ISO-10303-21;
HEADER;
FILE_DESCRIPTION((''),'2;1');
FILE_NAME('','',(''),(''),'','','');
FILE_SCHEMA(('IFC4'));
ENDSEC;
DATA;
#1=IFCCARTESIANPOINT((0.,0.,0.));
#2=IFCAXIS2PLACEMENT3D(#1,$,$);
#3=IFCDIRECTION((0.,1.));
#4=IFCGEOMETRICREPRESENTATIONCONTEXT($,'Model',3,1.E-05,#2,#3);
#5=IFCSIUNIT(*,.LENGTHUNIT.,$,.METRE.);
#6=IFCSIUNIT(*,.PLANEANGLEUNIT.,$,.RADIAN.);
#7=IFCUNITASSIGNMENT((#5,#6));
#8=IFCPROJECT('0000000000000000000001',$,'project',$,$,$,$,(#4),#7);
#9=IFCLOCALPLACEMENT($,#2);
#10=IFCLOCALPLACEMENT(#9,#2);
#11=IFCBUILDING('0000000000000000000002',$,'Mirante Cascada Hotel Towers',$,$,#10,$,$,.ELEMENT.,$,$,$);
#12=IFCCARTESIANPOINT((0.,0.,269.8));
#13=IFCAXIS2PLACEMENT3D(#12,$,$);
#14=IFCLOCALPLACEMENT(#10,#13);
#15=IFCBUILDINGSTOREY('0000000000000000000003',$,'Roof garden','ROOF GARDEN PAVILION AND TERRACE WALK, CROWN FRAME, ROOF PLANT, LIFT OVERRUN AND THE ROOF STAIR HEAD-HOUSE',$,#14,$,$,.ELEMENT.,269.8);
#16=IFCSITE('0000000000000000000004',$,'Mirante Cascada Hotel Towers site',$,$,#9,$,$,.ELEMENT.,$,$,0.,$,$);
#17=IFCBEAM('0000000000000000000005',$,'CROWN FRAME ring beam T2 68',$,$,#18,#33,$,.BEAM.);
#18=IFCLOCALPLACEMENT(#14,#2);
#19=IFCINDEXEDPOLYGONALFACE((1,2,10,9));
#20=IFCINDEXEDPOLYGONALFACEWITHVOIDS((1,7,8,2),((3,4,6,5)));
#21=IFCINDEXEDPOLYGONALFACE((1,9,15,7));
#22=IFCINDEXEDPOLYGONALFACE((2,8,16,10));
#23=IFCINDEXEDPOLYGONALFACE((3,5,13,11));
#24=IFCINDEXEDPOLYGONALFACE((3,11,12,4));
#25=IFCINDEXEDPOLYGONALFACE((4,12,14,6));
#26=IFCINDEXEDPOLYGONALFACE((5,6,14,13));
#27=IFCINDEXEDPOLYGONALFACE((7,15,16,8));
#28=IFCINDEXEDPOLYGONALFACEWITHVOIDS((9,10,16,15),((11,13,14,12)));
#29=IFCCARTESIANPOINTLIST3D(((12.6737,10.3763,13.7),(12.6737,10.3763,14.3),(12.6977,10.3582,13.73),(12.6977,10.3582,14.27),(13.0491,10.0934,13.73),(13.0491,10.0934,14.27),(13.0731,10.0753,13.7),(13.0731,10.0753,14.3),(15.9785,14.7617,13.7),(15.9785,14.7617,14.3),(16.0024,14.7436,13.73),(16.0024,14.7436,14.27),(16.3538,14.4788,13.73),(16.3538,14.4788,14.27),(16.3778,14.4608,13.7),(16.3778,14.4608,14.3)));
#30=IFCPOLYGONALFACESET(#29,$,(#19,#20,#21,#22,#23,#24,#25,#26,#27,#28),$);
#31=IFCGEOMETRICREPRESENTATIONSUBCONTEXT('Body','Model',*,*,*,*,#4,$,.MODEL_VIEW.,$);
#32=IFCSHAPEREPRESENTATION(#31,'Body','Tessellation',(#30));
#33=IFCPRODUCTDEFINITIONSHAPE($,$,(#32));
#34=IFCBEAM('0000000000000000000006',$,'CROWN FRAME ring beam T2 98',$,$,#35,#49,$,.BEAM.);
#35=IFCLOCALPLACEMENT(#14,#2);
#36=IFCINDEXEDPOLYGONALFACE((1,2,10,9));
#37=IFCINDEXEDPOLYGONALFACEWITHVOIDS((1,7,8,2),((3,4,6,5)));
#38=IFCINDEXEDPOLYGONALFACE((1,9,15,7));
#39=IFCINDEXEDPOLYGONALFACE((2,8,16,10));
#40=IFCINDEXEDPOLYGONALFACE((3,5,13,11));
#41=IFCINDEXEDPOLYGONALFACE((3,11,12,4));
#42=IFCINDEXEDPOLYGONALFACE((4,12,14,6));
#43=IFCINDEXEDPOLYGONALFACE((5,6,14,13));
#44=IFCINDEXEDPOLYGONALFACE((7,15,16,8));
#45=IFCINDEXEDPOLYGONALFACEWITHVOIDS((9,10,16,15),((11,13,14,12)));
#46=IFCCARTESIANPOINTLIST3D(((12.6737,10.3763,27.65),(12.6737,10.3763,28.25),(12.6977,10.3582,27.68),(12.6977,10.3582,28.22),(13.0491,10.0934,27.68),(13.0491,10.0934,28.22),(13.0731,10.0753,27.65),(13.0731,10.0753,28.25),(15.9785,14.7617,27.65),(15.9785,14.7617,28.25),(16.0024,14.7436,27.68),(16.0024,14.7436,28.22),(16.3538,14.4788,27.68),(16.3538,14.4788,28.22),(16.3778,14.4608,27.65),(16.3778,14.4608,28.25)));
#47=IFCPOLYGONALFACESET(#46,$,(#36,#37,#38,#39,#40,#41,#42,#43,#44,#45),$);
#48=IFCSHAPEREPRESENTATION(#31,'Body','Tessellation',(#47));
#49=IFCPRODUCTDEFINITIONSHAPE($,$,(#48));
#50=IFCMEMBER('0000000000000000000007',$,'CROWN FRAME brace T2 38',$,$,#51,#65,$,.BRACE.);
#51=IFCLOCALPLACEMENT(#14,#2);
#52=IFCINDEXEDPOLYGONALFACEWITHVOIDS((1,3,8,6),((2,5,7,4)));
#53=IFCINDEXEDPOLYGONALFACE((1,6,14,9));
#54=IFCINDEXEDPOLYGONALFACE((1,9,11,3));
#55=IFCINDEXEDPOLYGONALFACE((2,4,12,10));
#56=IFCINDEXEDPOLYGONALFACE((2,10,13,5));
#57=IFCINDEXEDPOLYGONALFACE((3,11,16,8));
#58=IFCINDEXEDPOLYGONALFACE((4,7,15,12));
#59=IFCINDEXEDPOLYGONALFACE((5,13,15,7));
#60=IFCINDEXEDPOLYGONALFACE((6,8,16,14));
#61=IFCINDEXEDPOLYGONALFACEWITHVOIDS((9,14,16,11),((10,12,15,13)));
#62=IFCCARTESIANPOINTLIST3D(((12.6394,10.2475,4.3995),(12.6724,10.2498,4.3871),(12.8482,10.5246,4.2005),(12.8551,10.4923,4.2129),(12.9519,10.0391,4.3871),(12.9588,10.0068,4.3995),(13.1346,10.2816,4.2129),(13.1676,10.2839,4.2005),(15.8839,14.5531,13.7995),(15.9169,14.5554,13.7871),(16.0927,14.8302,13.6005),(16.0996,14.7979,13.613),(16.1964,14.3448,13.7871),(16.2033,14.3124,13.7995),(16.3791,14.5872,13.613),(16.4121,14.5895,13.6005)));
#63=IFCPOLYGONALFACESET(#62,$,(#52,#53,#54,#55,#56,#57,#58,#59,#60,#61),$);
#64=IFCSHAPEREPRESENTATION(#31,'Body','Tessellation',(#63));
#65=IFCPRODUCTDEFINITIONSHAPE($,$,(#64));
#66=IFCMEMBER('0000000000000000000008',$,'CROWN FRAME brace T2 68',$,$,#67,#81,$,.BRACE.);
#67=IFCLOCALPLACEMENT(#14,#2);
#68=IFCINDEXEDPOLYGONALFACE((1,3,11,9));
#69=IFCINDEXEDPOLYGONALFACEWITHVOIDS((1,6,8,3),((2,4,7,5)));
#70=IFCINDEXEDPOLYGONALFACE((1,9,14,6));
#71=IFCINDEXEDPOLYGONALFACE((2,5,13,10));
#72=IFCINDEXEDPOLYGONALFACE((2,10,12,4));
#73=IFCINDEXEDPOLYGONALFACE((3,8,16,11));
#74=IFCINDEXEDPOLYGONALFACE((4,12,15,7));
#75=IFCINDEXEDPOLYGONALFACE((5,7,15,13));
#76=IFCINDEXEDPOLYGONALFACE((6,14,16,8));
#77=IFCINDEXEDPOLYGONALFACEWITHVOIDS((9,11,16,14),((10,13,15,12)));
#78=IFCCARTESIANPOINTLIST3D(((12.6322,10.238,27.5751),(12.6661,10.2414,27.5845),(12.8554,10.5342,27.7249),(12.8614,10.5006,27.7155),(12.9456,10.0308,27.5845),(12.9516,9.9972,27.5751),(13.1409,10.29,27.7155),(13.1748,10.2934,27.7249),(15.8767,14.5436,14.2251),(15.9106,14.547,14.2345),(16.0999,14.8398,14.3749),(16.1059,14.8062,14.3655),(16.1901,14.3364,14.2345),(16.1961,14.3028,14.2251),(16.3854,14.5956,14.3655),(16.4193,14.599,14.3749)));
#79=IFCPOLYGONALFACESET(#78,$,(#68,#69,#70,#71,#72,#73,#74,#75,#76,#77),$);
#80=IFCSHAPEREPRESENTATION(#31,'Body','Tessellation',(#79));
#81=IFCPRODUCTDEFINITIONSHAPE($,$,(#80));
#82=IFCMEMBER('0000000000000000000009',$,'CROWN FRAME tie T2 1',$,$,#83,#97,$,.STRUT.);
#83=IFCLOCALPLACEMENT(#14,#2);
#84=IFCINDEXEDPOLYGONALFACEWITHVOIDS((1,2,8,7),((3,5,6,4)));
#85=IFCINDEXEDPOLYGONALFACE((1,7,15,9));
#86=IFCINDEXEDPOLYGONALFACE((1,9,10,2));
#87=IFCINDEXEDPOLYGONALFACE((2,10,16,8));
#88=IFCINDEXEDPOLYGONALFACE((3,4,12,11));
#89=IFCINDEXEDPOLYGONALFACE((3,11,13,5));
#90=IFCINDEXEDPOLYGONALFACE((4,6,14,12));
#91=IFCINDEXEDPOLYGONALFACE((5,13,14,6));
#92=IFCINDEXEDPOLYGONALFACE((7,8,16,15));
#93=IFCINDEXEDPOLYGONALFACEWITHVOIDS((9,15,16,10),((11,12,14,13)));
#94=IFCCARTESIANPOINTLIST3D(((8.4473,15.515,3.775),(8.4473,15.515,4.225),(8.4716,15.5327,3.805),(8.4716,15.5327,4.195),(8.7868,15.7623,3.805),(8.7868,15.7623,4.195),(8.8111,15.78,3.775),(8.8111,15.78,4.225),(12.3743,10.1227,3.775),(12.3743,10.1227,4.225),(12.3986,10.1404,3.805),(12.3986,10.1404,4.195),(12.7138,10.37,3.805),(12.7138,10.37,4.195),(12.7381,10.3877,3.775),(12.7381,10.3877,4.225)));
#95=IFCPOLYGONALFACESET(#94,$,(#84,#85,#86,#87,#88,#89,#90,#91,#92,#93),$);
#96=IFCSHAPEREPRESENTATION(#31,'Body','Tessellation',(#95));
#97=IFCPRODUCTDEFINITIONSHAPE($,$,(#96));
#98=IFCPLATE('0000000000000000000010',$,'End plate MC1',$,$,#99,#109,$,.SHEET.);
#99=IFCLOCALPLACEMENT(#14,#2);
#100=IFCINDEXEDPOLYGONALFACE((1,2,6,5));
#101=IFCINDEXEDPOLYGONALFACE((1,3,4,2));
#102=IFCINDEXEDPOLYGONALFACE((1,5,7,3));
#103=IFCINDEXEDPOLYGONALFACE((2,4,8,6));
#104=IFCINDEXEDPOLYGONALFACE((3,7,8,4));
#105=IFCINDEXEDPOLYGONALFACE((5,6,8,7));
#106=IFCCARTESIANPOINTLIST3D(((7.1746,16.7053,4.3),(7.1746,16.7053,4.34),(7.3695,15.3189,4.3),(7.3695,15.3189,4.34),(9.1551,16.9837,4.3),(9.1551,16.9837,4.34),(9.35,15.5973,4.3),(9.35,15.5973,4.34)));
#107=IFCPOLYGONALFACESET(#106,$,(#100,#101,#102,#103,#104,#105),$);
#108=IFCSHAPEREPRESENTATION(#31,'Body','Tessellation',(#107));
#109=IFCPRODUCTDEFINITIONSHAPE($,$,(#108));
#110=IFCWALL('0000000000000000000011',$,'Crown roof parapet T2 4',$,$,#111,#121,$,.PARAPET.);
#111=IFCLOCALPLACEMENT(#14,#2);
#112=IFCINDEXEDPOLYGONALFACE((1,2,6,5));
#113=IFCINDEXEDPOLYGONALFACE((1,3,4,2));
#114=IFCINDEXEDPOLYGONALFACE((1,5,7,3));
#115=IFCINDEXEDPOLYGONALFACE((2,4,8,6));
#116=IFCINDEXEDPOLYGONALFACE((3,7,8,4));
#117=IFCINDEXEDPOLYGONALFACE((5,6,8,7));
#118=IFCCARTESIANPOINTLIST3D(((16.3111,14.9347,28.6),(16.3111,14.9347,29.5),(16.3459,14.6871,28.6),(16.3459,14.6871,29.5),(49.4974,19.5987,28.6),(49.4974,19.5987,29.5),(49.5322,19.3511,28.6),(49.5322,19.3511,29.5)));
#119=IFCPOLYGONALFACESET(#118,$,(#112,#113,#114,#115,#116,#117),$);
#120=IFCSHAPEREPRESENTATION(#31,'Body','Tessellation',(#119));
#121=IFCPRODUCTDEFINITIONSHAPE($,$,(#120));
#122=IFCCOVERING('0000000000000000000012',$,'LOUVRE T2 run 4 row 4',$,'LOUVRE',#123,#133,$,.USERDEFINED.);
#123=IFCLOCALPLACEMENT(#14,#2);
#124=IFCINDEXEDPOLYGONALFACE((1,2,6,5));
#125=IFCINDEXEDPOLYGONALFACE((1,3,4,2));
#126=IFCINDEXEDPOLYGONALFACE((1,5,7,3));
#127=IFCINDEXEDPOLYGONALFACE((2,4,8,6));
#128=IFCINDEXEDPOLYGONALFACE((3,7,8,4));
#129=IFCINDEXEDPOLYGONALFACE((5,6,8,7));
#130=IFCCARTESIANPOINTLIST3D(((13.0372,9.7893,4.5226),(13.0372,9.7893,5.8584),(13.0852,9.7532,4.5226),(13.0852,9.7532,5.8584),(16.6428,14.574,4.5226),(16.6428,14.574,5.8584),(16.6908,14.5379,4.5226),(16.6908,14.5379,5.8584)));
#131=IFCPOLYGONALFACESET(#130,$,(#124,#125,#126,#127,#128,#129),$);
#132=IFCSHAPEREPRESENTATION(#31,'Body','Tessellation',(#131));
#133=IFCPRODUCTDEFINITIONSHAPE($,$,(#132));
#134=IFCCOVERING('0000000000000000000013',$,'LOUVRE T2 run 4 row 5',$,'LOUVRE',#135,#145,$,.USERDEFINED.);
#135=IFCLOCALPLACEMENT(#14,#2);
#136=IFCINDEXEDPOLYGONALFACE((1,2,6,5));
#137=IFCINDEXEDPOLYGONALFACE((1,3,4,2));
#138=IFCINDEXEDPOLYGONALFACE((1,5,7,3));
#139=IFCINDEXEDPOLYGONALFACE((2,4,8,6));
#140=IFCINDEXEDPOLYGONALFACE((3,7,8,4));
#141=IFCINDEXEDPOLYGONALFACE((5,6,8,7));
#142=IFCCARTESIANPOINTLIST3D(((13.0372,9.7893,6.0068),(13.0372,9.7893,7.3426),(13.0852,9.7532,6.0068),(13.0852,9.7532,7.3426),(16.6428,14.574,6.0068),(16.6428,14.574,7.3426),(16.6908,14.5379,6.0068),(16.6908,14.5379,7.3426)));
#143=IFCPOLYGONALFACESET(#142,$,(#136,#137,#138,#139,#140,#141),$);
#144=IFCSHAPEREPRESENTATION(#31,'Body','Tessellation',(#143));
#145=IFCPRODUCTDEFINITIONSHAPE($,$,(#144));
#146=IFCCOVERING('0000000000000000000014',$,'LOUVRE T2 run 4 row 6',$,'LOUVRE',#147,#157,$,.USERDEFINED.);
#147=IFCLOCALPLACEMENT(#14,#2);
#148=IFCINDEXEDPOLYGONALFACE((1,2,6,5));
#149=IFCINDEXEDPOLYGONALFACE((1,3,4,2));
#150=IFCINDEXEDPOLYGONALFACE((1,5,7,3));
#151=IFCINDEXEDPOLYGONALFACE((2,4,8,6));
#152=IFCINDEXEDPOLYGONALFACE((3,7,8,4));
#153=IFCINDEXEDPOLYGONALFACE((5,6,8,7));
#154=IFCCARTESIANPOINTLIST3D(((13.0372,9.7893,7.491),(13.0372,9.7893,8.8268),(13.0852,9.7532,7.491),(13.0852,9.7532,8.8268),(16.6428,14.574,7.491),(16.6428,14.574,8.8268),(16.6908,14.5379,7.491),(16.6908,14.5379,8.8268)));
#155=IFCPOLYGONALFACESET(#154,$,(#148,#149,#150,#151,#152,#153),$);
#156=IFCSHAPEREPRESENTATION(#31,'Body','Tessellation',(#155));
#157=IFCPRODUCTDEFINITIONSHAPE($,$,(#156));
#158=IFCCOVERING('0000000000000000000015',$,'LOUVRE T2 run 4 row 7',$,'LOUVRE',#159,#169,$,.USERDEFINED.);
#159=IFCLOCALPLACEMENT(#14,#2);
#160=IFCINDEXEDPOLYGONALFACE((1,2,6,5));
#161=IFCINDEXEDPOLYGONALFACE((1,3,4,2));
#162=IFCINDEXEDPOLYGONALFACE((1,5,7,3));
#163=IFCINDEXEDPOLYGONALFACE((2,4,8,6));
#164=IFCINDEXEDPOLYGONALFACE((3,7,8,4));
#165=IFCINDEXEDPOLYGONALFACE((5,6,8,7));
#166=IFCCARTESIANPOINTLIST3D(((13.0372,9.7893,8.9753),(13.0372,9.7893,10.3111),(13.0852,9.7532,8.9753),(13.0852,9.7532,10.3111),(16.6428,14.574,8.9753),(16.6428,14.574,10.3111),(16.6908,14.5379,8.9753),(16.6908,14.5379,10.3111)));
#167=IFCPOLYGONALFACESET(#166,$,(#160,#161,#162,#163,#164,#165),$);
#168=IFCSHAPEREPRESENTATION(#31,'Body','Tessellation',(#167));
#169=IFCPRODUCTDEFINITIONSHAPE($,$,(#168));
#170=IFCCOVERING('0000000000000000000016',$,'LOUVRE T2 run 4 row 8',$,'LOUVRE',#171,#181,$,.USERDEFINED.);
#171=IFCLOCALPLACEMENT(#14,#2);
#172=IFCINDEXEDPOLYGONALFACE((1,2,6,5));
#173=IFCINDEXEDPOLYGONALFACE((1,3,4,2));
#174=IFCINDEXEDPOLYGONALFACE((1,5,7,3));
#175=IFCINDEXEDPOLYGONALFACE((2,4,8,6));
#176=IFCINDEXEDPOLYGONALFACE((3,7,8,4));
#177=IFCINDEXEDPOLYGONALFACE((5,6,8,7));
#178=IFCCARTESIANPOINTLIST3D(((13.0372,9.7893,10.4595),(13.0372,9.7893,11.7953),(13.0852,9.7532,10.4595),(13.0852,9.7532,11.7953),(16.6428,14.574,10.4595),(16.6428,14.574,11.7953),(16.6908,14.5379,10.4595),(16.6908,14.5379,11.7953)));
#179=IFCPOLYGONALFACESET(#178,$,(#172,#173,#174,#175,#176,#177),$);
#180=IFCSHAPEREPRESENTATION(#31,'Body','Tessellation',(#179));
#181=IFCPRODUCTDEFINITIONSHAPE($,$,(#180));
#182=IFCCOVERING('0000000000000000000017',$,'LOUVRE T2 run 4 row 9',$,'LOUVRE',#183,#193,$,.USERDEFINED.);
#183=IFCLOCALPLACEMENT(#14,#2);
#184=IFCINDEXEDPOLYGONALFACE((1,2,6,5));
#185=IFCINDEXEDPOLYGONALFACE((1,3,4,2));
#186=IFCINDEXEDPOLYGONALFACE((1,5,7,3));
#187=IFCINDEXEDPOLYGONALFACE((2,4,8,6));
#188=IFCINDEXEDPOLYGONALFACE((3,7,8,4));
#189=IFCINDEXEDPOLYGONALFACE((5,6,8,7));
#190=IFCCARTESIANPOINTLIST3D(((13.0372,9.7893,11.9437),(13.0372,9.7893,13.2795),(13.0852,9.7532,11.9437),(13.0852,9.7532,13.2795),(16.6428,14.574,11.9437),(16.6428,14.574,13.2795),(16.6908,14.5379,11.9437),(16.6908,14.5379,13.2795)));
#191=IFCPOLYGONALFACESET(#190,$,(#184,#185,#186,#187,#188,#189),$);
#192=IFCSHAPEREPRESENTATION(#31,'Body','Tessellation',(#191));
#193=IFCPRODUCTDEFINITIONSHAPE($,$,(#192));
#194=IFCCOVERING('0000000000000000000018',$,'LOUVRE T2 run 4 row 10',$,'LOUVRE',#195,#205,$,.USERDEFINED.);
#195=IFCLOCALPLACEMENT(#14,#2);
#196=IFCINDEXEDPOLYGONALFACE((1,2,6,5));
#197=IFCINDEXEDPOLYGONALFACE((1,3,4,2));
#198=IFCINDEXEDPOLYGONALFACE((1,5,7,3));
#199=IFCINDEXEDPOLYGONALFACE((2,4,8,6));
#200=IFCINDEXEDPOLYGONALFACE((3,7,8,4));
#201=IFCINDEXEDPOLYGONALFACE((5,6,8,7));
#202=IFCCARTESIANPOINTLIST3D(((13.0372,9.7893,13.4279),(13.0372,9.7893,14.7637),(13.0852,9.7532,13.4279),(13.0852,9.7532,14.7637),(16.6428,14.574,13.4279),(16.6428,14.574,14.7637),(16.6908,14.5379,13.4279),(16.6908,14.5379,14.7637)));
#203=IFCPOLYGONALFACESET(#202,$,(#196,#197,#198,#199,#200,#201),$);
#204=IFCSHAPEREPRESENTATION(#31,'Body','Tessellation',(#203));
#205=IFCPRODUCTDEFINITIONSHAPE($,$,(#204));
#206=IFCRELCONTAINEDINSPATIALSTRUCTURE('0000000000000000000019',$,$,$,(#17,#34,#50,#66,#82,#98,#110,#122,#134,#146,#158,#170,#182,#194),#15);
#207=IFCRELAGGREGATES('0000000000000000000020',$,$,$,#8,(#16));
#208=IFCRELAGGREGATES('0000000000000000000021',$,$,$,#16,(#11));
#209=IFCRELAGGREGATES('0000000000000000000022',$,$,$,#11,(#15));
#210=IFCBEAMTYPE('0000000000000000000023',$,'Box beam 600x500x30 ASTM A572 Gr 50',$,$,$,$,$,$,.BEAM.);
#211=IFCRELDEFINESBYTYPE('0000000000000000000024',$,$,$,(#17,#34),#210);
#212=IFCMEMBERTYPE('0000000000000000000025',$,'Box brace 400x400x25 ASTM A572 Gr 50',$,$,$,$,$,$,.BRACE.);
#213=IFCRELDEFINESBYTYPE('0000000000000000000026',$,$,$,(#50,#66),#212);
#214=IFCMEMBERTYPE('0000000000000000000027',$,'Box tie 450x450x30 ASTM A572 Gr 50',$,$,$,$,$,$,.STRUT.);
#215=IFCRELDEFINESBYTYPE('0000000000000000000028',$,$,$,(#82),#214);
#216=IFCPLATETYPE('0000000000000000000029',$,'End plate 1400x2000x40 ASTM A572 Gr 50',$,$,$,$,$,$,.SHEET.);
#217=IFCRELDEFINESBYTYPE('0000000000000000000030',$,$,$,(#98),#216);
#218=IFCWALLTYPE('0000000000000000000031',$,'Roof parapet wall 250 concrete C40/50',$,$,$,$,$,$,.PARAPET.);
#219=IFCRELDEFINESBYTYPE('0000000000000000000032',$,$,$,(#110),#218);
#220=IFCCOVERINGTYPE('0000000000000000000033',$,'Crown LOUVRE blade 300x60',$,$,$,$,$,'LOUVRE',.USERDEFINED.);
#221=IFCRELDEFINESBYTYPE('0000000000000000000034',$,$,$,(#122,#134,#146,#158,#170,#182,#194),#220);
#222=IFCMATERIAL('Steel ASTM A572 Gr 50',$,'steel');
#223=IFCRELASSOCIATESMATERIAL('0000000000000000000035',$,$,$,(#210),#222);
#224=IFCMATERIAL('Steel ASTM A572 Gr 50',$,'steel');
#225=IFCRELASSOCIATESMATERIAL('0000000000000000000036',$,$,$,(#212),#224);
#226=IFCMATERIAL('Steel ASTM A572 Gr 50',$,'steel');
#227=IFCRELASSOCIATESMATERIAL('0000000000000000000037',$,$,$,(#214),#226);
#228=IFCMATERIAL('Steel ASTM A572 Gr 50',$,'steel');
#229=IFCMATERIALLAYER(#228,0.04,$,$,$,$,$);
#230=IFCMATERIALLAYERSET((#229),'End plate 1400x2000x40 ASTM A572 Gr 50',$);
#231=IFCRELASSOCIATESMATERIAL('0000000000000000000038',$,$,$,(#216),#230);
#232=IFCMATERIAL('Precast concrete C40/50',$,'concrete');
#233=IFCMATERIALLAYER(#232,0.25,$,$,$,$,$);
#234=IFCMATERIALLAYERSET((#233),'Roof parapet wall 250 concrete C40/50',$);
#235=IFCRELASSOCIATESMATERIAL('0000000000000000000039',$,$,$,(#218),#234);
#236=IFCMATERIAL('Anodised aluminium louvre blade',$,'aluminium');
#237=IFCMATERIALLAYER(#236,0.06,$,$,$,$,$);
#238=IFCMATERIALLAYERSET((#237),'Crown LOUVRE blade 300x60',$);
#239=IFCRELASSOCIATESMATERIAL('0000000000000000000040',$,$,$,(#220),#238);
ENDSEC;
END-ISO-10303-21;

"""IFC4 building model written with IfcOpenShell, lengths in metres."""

from ifc_helpers import new_model, si_unit, direction, frame, frame_2d, origin, origin_2d, place, context, subcontext, project, spatial, rectangle, hollow_rectangle, extrude, material, layer, layer_set, material_profile, profile_set, type_object, element, save


model = new_model("IFC4")

# Units and contexts
model_context = context("Model", 3, precision=1e-05, world=origin(), true_north=direction((0.0, 1.0)))
body_context = subcontext(model_context, "Body", "Model", "MODEL_VIEW")
ifc_project = project(units=[si_unit("LENGTHUNIT", "METRE"), si_unit("PLANEANGLEUNIT", "RADIAN")], contexts=[model_context])

# Site, building, storey
site_placement = place(None, origin())
site = spatial("IfcSite", under=ifc_project, at=site_placement, Name="Mirante Cascada Hotel Towers site", CompositionType="ELEMENT", RefElevation=0.0)
building_placement = place(site_placement, origin())
building = spatial("IfcBuilding", under=site, at=building_placement, Name="Mirante Cascada Hotel Towers", CompositionType="ELEMENT")
storey_placement = place(building_placement, frame((0.0, 0.0, 269.8)))
storey = spatial("IfcBuildingStorey", under=building, at=storey_placement, Name="Roof garden", Description="ROOF GARDEN PAVILION AND TERRACE WALK, CROWN FRAME, ROOF PLANT, LIFT OVERRUN AND THE ROOF STAIR HEAD-HOUSE", CompositionType="ELEMENT", Elevation=269.8)

# Beams
ifc_material_1 = material(Name="Steel ASTM A572 Gr 50", Category="steel")
ifc_material_profile_1 = material_profile(ifc_material_1, hollow_rectangle(XDim=0.5, YDim=0.6, WallThickness=0.03, at=origin_2d()), Name="Box beam 600x500x30 ASTM A572 Gr 50")
ifc_profile_set_1 = profile_set([ifc_material_profile_1], Name="Steel ASTM A572 Gr 50")
beam_type = type_object("IfcBeamType", Name="Box beam 600x500x30 ASTM A572 Gr 50", PredefinedType="BEAM", material=ifc_profile_set_1)
for number, where, z_axis, x_axis, name in (
    (1, (12.8734, 10.2258, 14.0), (0.601823, 0.79863, 0.0), (-0.79863, 0.601823, 0.0), "CROWN FRAME ring beam T2 68"),
    (2, (12.8734, 10.2258, 27.95), (0.601823, 0.79863, 0.0), (-0.79863, 0.601823, 0.0), "CROWN FRAME ring beam T2 98"),
):
    element("IfcBeam", number, at=place(storey_placement, frame(where, z_axis=z_axis, x_axis=x_axis)), inside=storey, type_object=beam_type, Name=name, PredefinedType="BEAM", context=body_context, shape_type="SweptSolid", body=[
        extrude(hollow_rectangle(XDim=0.5, YDim=0.6, WallThickness=0.03, at=origin_2d()), origin(), (0.0, 0.0, 1.0), 5.4912),
    ])

# Members
ifc_material_2 = material(Name="Steel ASTM A572 Gr 50", Category="steel")
ifc_material_profile_2 = material_profile(ifc_material_2, hollow_rectangle(XDim=0.4, YDim=0.4, WallThickness=0.025, at=origin_2d()), Name="Box brace 400x400x25 ASTM A572 Gr 50")
ifc_profile_set_2 = profile_set([ifc_material_profile_2], Name="Steel ASTM A572 Gr 50")
member_type_1 = type_object("IfcMemberType", Name="Box brace 400x400x25 ASTM A572 Gr 50", PredefinedType="BRACE", material=ifc_profile_set_2)
member_1_placement = place(storey_placement, frame((12.9035, 10.2657, 4.3), z_axis=(0.299411, 0.397332, 0.867456), x_axis=(-0.798636, 0.601815, 0.0)))
element("IfcMember", 3, at=member_1_placement, inside=storey, type_object=member_type_1, Name="CROWN FRAME brace T2 38", PredefinedType="BRACE", context=body_context, shape_type="SweptSolid", body=[
    extrude(hollow_rectangle(XDim=0.4, YDim=0.4, WallThickness=0.025, at=origin_2d()), origin(), (0.0, 0.0, 1.0), 10.8363),
])
member_2_placement = place(storey_placement, frame((16.148, 14.5713, 14.3), z_axis=(-0.225352, -0.299052, 0.927245), x_axis=(0.798636, -0.601815, 0.0)))
element("IfcMember", 4, at=member_2_placement, inside=storey, type_object=member_type_1, Name="CROWN FRAME brace T2 68", PredefinedType="BRACE", context=body_context, shape_type="SweptSolid", body=[
    extrude(hollow_rectangle(XDim=0.4, YDim=0.4, WallThickness=0.025, at=origin_2d()), origin(), (0.0, 0.0, 1.0), 14.3975),
])
ifc_material_3 = material(Name="Steel ASTM A572 Gr 50", Category="steel")
ifc_material_profile_3 = material_profile(ifc_material_3, hollow_rectangle(XDim=0.45, YDim=0.45, WallThickness=0.03, at=origin_2d()), Name="Box tie 450x450x30 ASTM A572 Gr 50")
ifc_profile_set_3 = profile_set([ifc_material_profile_3], Name="Steel ASTM A572 Gr 50")
member_type_2 = type_object("IfcMemberType", Name="Box tie 450x450x30 ASTM A572 Gr 50", PredefinedType="STRUT", material=ifc_profile_set_3)
member_3_placement = place(storey_placement, frame((8.6292, 15.6475, 4.0), z_axis=(0.588694, -0.808356, 0.0), x_axis=(0.808356, 0.588694, 0.0)))
element("IfcMember", 5, at=member_3_placement, inside=storey, type_object=member_type_2, Name="CROWN FRAME tie T2 1", PredefinedType="STRUT", context=body_context, shape_type="SweptSolid", body=[
    extrude(hollow_rectangle(XDim=0.45, YDim=0.45, WallThickness=0.03, at=origin_2d()), origin(), (0.0, 0.0, 1.0), 6.6707),
])

# Plate
ifc_material_4 = material(Name="Steel ASTM A572 Gr 50", Category="steel")
ifc_layer_1 = layer(ifc_material_4, 0.04)
ifc_layer_set_1 = layer_set([ifc_layer_1], Name="End plate 1400x2000x40 ASTM A572 Gr 50")
plate_type = type_object("IfcPlateType", Name="End plate 1400x2000x40 ASTM A572 Gr 50", PredefinedType="SHEET", material=ifc_layer_set_1)
plate_placement = place(storey_placement, frame((8.2623, 16.1513, 4.3), z_axis=(0.0, 0.0, 1.0), x_axis=(0.990268, 0.139173, 0.0)))
element("IfcPlate", 6, at=plate_placement, inside=storey, type_object=plate_type, Name="End plate MC1", PredefinedType="SHEET", context=body_context, shape_type="SweptSolid", body=[
    extrude(rectangle(XDim=2.0, YDim=1.4, at=origin_2d()), origin(), (0.0, 0.0, 1.0), 0.04),
])

# Wall
ifc_material_5 = material(Name="Precast concrete C40/50", Category="concrete")
ifc_layer_2 = layer(ifc_material_5, 0.25)
ifc_layer_set_2 = layer_set([ifc_layer_2], Name="Roof parapet wall 250 concrete C40/50")
wall_type = type_object("IfcWallType", Name="Roof parapet wall 250 concrete C40/50", PredefinedType="PARAPET", material=ifc_layer_set_2)
wall_placement = place(storey_placement, frame((16.3285, 14.8109, 28.6), z_axis=(0.0, 0.0, 1.0), x_axis=(0.990268, 0.139172, 0.0)))
element("IfcWall", 7, at=wall_placement, inside=storey, type_object=wall_type, Name="Crown roof parapet T2 4", PredefinedType="PARAPET", context=body_context, shape_type="SweptSolid", body=[
    extrude(rectangle(XDim=33.5124, YDim=0.25, at=frame_2d((16.7562, 0.0))), origin(), (0.0, 0.0, 1.0), 0.9),
])

# Coverings
ifc_material_6 = material(Name="Anodised aluminium louvre blade", Category="aluminium")
ifc_layer_3 = layer(ifc_material_6, 0.06)
ifc_layer_set_3 = layer_set([ifc_layer_3], Name="Crown LOUVRE blade 300x60")
covering_type = type_object("IfcCoveringType", Name="Crown LOUVRE blade 300x60", ElementType="LOUVRE", PredefinedType="USERDEFINED", material=ifc_layer_set_3)
for number, where, z_axis, x_axis, name in (
    (8, (14.864, 12.1636, 4.5226), (0.0, 0.0, 1.0), (0.601815, 0.798636, 0.0), "LOUVRE T2 run 4 row 4"),
    (9, (14.864, 12.1636, 6.0068), (0.0, 0.0, 1.0), (0.601815, 0.798636, 0.0), "LOUVRE T2 run 4 row 5"),
    (10, (14.864, 12.1636, 7.491), (0.0, 0.0, 1.0), (0.601815, 0.798636, 0.0), "LOUVRE T2 run 4 row 6"),
    (11, (14.864, 12.1636, 8.9753), (0.0, 0.0, 1.0), (0.601815, 0.798636, 0.0), "LOUVRE T2 run 4 row 7"),
    (12, (14.864, 12.1636, 10.4595), (0.0, 0.0, 1.0), (0.601815, 0.798636, 0.0), "LOUVRE T2 run 4 row 8"),
    (13, (14.864, 12.1636, 11.9437), (0.0, 0.0, 1.0), (0.601815, 0.798636, 0.0), "LOUVRE T2 run 4 row 9"),
    (14, (14.864, 12.1636, 13.4279), (0.0, 0.0, 1.0), (0.601815, 0.798636, 0.0), "LOUVRE T2 run 4 row 10"),
):
    element("IfcCovering", number, at=place(storey_placement, frame(where, z_axis=z_axis, x_axis=x_axis)), inside=storey, type_object=covering_type, Name=name, ObjectType="LOUVRE", PredefinedType="USERDEFINED", context=body_context, shape_type="SweptSolid", body=[
        extrude(rectangle(XDim=5.9912, YDim=0.06, at=origin_2d()), origin(), (0.0, 0.0, 1.0), 1.3358),
    ])

save(model, "model.ifc")
